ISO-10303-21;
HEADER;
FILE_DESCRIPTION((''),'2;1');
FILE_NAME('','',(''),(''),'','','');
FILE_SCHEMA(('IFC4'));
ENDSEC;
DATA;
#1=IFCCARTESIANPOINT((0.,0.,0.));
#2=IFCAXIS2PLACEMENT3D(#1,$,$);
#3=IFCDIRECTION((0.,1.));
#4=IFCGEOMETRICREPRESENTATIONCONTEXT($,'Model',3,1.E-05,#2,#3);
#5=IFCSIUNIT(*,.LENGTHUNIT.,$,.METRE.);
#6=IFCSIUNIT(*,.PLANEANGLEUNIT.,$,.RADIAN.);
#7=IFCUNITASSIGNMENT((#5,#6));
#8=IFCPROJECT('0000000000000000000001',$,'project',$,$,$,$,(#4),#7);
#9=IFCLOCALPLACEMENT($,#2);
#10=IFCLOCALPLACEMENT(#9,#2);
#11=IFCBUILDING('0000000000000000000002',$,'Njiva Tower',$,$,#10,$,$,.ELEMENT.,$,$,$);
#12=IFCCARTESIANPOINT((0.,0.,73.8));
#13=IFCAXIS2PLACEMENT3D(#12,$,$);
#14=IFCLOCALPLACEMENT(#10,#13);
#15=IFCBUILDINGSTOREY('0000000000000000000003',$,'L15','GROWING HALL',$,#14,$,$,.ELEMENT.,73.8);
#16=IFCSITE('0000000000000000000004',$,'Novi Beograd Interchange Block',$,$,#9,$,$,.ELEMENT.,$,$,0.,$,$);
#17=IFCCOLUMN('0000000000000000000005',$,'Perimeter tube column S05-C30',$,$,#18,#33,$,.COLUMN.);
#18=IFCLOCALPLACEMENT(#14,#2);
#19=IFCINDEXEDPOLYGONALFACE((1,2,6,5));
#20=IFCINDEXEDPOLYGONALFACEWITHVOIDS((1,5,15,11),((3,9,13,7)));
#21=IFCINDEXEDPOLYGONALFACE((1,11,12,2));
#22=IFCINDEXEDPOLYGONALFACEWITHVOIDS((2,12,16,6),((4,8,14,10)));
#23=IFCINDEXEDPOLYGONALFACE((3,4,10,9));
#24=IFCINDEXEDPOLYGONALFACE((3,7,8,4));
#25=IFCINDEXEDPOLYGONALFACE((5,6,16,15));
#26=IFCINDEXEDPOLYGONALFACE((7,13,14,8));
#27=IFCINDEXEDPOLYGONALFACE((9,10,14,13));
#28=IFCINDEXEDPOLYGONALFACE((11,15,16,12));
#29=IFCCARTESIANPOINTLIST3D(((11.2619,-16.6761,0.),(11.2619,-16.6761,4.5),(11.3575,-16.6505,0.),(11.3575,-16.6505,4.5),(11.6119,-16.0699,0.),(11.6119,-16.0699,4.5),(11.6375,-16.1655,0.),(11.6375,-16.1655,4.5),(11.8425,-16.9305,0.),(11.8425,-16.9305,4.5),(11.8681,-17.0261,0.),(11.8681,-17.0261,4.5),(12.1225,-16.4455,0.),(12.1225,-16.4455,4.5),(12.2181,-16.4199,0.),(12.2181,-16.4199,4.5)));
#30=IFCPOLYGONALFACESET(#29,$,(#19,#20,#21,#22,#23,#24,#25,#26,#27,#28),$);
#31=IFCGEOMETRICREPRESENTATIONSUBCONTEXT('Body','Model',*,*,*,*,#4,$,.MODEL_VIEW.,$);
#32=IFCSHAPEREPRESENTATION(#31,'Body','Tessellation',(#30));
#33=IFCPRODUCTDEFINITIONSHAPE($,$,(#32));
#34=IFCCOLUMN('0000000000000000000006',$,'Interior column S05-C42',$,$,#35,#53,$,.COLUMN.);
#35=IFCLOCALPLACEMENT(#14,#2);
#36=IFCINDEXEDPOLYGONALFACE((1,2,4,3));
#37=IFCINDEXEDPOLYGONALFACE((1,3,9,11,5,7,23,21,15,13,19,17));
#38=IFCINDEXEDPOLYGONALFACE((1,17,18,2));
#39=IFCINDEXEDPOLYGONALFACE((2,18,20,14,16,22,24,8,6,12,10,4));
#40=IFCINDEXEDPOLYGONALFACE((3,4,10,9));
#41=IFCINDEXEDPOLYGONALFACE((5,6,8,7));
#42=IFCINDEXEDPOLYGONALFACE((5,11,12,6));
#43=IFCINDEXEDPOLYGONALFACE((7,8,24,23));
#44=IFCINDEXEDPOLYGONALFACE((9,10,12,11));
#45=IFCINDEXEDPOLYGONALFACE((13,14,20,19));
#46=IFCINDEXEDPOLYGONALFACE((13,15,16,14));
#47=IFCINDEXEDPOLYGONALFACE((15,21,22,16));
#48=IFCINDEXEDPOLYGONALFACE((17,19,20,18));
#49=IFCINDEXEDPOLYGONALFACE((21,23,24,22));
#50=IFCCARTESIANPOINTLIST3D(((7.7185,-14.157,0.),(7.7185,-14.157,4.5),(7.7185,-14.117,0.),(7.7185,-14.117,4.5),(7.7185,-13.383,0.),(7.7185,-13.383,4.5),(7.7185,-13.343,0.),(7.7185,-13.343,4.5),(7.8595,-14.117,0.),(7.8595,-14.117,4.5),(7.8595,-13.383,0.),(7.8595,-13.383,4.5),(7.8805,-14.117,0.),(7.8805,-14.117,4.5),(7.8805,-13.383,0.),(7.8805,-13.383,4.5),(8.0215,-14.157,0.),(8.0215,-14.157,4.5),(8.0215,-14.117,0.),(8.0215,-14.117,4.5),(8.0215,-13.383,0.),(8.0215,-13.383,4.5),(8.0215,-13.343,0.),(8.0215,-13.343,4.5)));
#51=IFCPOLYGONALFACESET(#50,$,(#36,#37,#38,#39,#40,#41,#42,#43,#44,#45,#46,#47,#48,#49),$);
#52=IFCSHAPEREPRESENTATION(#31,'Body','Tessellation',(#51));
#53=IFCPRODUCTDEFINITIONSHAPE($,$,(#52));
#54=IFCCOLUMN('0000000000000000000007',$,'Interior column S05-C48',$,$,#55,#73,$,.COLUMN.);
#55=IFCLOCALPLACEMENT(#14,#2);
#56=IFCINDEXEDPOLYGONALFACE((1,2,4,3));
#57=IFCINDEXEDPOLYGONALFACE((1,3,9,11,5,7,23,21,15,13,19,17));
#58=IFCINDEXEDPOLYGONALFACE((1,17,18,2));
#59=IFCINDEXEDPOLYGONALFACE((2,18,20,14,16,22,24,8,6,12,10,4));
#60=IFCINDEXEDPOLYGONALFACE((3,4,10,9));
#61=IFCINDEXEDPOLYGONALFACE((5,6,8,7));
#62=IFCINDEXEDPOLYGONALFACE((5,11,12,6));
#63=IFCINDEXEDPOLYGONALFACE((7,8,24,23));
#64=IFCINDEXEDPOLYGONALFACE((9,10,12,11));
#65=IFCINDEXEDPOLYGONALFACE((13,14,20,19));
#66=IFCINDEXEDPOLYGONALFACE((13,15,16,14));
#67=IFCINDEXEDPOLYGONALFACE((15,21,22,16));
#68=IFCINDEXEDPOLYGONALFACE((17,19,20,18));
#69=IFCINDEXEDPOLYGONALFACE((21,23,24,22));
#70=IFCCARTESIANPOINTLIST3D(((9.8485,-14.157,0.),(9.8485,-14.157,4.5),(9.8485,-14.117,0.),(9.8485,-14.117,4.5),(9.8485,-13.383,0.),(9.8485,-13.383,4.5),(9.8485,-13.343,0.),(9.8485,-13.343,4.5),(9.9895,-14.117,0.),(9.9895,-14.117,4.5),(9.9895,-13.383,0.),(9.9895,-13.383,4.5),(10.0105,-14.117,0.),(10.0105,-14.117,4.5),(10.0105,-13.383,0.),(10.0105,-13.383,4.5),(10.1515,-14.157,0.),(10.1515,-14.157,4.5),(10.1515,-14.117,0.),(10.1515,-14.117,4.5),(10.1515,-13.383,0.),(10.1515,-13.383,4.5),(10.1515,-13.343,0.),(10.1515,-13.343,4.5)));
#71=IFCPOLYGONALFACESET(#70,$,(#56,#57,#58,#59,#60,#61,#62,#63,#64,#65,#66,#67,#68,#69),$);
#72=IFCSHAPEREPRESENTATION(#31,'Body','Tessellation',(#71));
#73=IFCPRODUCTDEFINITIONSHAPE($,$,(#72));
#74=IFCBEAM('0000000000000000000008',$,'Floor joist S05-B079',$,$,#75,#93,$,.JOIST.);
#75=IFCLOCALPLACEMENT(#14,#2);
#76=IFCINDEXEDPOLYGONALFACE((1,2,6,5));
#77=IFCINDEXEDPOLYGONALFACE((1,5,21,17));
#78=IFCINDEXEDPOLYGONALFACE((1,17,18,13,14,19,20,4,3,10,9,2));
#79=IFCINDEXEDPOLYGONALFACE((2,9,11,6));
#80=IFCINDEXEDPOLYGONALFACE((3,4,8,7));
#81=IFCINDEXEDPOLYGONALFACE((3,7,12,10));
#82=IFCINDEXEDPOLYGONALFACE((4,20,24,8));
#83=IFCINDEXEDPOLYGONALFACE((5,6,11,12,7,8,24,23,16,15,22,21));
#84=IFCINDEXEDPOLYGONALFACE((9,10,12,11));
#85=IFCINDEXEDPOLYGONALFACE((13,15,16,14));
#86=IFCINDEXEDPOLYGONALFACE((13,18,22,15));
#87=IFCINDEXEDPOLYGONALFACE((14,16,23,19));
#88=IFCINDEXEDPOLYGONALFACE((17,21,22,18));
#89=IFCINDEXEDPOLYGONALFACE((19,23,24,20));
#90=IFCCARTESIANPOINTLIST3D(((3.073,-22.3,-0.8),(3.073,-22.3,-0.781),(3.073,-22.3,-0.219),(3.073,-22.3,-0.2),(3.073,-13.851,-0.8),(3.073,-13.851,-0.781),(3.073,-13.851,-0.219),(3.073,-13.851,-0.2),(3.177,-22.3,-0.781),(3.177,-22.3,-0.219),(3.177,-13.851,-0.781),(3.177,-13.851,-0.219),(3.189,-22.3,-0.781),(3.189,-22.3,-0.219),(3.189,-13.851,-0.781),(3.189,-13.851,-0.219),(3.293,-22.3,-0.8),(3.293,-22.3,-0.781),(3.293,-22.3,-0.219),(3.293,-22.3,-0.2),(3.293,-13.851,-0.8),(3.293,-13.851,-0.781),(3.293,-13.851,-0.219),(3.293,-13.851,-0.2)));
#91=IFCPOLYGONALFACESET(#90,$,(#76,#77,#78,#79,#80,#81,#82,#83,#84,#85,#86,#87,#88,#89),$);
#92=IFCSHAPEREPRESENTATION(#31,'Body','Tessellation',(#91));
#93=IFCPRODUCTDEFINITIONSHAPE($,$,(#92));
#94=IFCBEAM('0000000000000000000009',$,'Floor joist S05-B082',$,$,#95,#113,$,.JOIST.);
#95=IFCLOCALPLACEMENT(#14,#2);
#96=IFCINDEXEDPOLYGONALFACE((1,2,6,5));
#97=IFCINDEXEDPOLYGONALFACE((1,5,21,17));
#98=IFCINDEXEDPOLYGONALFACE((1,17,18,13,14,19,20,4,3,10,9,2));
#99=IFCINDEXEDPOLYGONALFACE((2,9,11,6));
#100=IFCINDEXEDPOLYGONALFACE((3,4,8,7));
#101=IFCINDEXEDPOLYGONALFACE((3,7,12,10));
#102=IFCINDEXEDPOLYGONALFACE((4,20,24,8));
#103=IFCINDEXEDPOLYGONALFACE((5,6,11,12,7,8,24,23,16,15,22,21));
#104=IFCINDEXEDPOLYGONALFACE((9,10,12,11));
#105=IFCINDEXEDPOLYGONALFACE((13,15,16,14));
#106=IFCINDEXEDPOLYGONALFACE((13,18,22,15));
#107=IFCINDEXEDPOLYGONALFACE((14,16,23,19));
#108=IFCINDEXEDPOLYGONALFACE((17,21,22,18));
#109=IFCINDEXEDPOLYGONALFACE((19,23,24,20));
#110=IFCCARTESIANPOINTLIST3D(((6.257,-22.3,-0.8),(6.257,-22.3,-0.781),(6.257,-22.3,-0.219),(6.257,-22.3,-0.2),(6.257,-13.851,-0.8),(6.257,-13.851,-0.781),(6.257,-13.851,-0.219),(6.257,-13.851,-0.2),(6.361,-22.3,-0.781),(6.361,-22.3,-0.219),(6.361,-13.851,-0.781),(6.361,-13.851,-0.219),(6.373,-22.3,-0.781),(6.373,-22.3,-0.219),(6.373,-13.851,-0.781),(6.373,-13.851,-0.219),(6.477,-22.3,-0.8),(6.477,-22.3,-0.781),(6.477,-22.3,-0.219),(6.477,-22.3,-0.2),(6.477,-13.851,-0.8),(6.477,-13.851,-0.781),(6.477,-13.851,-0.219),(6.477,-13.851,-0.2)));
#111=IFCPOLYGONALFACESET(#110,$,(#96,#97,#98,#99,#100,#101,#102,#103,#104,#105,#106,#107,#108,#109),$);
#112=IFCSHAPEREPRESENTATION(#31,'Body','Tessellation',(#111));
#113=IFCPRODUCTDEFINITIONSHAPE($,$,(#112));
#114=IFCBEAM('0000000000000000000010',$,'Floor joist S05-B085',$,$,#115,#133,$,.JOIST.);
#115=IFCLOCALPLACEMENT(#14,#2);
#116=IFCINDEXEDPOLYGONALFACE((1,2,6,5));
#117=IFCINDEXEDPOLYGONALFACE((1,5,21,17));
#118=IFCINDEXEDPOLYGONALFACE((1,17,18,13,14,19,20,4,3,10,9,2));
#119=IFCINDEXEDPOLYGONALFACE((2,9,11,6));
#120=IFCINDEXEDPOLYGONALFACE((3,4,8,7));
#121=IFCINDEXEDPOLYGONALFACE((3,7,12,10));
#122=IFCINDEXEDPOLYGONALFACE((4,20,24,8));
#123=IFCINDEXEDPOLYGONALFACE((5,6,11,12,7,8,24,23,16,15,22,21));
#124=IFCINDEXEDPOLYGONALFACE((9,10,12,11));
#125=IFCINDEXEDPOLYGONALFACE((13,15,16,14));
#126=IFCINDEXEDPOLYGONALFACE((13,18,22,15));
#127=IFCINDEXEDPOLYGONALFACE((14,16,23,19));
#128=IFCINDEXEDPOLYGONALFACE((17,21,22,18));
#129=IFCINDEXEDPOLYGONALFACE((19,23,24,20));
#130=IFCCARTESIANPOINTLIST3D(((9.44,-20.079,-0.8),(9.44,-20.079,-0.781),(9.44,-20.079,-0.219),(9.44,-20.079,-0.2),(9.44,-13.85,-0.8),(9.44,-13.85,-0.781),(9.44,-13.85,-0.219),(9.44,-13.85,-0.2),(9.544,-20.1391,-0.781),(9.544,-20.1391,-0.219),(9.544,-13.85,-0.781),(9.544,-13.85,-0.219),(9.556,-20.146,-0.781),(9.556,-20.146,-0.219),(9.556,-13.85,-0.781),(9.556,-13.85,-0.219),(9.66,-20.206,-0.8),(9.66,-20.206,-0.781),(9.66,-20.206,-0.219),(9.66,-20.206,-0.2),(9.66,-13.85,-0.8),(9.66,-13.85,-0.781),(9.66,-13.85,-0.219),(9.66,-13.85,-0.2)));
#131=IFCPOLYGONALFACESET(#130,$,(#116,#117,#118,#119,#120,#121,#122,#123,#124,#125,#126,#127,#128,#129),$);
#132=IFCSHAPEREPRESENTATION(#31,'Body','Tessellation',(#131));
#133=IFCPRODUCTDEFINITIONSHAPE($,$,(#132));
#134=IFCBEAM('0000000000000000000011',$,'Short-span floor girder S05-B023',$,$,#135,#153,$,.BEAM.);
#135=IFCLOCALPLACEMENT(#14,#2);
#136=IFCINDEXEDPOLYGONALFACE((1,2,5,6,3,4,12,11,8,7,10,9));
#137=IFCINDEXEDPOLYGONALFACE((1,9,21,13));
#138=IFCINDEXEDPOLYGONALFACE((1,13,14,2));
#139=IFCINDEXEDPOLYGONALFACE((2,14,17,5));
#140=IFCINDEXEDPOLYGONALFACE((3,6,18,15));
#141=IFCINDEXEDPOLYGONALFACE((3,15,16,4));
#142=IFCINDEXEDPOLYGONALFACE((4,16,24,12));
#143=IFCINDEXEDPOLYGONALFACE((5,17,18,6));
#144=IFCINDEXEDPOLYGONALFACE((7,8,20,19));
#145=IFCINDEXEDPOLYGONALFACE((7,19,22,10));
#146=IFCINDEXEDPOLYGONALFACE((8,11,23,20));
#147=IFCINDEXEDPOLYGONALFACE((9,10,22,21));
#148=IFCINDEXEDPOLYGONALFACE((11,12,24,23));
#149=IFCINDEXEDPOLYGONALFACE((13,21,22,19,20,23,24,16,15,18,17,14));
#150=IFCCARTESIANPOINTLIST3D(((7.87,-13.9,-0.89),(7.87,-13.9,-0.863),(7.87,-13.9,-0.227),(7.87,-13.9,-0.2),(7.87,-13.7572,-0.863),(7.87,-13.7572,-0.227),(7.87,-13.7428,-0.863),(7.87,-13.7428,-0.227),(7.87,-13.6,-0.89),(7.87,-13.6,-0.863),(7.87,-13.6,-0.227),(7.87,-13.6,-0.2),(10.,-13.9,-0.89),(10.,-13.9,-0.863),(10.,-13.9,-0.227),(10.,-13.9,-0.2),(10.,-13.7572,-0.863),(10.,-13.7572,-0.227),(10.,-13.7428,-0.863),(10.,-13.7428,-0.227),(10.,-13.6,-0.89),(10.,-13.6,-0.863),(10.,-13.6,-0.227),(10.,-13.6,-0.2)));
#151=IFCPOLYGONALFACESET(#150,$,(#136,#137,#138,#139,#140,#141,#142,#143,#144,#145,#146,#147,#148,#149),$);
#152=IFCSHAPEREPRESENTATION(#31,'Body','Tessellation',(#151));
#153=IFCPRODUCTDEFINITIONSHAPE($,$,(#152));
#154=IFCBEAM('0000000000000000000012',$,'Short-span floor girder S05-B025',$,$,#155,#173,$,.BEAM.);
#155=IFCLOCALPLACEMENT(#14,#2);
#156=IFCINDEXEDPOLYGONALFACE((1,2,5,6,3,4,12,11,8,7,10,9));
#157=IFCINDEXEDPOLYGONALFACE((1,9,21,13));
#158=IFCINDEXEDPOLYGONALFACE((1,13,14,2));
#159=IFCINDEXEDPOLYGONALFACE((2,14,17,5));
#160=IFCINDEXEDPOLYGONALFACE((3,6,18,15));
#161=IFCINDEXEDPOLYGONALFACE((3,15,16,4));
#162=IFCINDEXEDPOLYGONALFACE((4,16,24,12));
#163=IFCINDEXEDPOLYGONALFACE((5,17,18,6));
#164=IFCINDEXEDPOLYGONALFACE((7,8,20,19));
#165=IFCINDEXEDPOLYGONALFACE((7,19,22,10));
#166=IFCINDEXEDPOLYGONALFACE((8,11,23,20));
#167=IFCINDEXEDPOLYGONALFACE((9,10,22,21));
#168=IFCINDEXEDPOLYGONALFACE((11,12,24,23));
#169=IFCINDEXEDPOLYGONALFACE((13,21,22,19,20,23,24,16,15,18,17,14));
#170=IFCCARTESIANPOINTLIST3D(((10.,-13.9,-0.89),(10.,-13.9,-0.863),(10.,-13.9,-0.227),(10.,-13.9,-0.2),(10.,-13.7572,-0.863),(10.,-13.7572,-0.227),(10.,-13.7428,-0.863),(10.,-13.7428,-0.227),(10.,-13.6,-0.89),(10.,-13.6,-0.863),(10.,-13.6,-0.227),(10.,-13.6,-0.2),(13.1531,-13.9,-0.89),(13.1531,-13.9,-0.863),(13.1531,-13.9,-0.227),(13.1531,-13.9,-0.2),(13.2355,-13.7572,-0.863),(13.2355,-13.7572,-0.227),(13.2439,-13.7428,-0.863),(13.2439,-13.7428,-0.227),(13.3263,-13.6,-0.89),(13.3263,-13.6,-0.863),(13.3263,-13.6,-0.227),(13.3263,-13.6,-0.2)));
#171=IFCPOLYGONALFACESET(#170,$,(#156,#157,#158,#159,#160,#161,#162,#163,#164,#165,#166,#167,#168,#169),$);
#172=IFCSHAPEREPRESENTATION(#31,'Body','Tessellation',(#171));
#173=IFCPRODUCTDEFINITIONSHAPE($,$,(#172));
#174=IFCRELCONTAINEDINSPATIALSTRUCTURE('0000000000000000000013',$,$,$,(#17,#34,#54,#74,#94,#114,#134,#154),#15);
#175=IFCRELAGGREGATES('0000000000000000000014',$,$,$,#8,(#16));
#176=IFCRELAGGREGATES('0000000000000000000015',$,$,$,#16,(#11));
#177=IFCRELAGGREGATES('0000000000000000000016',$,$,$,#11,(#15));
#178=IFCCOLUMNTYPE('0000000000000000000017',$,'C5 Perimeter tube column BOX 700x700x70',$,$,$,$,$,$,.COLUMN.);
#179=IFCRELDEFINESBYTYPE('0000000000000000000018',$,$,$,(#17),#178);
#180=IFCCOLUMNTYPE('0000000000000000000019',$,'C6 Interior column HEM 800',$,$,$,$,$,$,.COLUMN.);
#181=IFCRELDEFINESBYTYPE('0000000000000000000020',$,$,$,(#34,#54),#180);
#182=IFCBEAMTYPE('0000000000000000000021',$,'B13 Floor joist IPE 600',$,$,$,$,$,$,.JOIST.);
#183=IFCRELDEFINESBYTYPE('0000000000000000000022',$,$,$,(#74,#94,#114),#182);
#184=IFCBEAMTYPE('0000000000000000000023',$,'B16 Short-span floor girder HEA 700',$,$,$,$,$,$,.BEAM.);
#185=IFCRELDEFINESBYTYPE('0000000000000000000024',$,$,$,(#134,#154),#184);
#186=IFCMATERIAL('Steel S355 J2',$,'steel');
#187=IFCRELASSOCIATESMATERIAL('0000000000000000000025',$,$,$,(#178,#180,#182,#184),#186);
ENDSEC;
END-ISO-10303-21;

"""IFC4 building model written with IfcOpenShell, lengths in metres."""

from ifc_helpers import new_model, si_unit, direction, frame, origin, origin_2d, place, context, subcontext, project, spatial, hollow_rectangle, i_section, extrude, clip, halfspace, material, material_profile, profile_set, type_object, element, save


model = new_model("IFC4")

# Units and contexts
model_context = context("Model", 3, precision=1e-05, world=origin(), true_north=direction((0.0, 1.0)))
body_context = subcontext(model_context, "Body", "Model", "MODEL_VIEW")
ifc_project = project(units=[si_unit("LENGTHUNIT", "METRE"), si_unit("PLANEANGLEUNIT", "RADIAN")], contexts=[model_context])

# Site, building, storey
site_placement = place(None, origin())
site = spatial("IfcSite", under=ifc_project, at=site_placement, Name="Novi Beograd Interchange Block", CompositionType="ELEMENT", RefElevation=0.0)
building_placement = place(site_placement, origin())
building = spatial("IfcBuilding", under=site, at=building_placement, Name="Njiva Tower", CompositionType="ELEMENT")
storey_placement = place(building_placement, frame((0.0, 0.0, 73.8)))
storey = spatial("IfcBuildingStorey", under=building, at=storey_placement, Name="L15", Description="GROWING HALL", CompositionType="ELEMENT", Elevation=73.8)

# Columns
ifc_material_1 = material(Name="Steel S355 J2", Category="steel")
ifc_material_profile_1 = material_profile(ifc_material_1, hollow_rectangle(XDim=0.7, YDim=0.7, WallThickness=0.07, at=origin_2d()), Name="BOX 700x700x70")
ifc_profile_set_1 = profile_set([ifc_material_profile_1], Name="Steel S355 J2")
column_type_1 = type_object("IfcColumnType", Name="C5 Perimeter tube column BOX 700x700x70", PredefinedType="COLUMN", material=ifc_profile_set_1)
column_placement = place(storey_placement, frame((11.74, -16.548, 0.0), z_axis=(0.0, 0.0, 1.0), x_axis=(0.5, 0.866025, 0.0)))
element("IfcColumn", 1, at=column_placement, inside=storey, type_object=column_type_1, Name="Perimeter tube column S05-C30", PredefinedType="COLUMN", context=body_context, shape_type="SweptSolid", body=[
    extrude(hollow_rectangle(XDim=0.7, YDim=0.7, WallThickness=0.07, at=origin_2d()), origin(), (0.0, 0.0, 1.0), 4.5),
])
ifc_material_profile_2 = material_profile(ifc_material_1, i_section(OverallWidth=0.303, OverallDepth=0.814, WebThickness=0.021, FlangeThickness=0.04, at=origin_2d()), Name="HEM 800")
ifc_profile_set_2 = profile_set([ifc_material_profile_2], Name="Steel S355 J2")
column_type_2 = type_object("IfcColumnType", Name="C6 Interior column HEM 800", PredefinedType="COLUMN", material=ifc_profile_set_2)
for number, where, z_axis, x_axis, name in (
    (2, (7.87, -13.75, 0.0), (0.0, 0.0, 1.0), (1.0, 0.0, 0.0), "Interior column S05-C42"),
    (3, (10.0, -13.75, 0.0), (0.0, 0.0, 1.0), (1.0, 0.0, 0.0), "Interior column S05-C48"),
):
    element("IfcColumn", number, at=place(storey_placement, frame(where, z_axis=z_axis, x_axis=x_axis)), inside=storey, type_object=column_type_2, Name=name, PredefinedType="COLUMN", context=body_context, shape_type="SweptSolid", body=[
        extrude(i_section(OverallWidth=0.303, OverallDepth=0.814, WebThickness=0.021, FlangeThickness=0.04, at=origin_2d()), origin(), (0.0, 0.0, 1.0), 4.5),
    ])

# Beams
ifc_material_profile_3 = material_profile(ifc_material_1, i_section(OverallWidth=0.22, OverallDepth=0.6, WebThickness=0.012, FlangeThickness=0.019, at=origin_2d()), Name="IPE 600")
ifc_profile_set_3 = profile_set([ifc_material_profile_3], Name="Steel S355 J2")
beam_type_1 = type_object("IfcBeamType", Name="B13 Floor joist IPE 600", PredefinedType="JOIST", material=ifc_profile_set_3)
for number, where, z_axis, x_axis, name in (
    (4, (3.183, -13.851, -0.5), (0.0, -1.0, 0.0), (1.0, 0.0, 0.0), "Floor joist S05-B079"),
    (5, (6.367, -13.851, -0.5), (0.0, -1.0, 0.0), (1.0, 0.0, 0.0), "Floor joist S05-B082"),
):
    element("IfcBeam", number, at=place(storey_placement, frame(where, z_axis=z_axis, x_axis=x_axis)), inside=storey, type_object=beam_type_1, Name=name, PredefinedType="JOIST", context=body_context, shape_type="SweptSolid", body=[
        extrude(i_section(OverallWidth=0.22, OverallDepth=0.6, WebThickness=0.012, FlangeThickness=0.019, at=origin_2d()), origin(), (0.0, 0.0, 1.0), 8.449),
    ])
beam_1_placement = place(storey_placement, frame((9.55, -13.85, -0.5), z_axis=(0.0, -1.0, 0.0), x_axis=(1.0, 0.0, 0.0)))
element("IfcBeam", 6, at=beam_1_placement, inside=storey, type_object=beam_type_1, Name="Floor joist S05-B085", PredefinedType="JOIST", context=body_context, shape_type="Clipping", body=[
    clip(extrude(i_section(OverallWidth=0.22, OverallDepth=0.6, WebThickness=0.012, FlangeThickness=0.019, at=origin_2d()), origin(), (0.0, 0.0, 1.0), 6.377), halfspace(frame((-0.025, 0.0, 6.2781), z_axis=(-0.499998, 0.0, 0.866027), x_axis=(0.0, 1.0, 0.0)), False)),
])
ifc_material_profile_4 = material_profile(ifc_material_1, i_section(OverallWidth=0.3, OverallDepth=0.69, WebThickness=0.0145, FlangeThickness=0.027, at=origin_2d()), Name="HEA 700")
ifc_profile_set_4 = profile_set([ifc_material_profile_4], Name="Steel S355 J2")
beam_type_2 = type_object("IfcBeamType", Name="B16 Short-span floor girder HEA 700", PredefinedType="BEAM", material=ifc_profile_set_4)
beam_2_placement = place(storey_placement, frame((7.87, -13.75, -0.545), z_axis=(1.0, 0.0, 0.0), x_axis=(0.0, 1.0, 0.0)))
element("IfcBeam", 7, at=beam_2_placement, inside=storey, type_object=beam_type_2, Name="Short-span floor girder S05-B023", PredefinedType="BEAM", context=body_context, shape_type="SweptSolid", body=[
    extrude(i_section(OverallWidth=0.3, OverallDepth=0.69, WebThickness=0.0145, FlangeThickness=0.027, at=origin_2d()), origin(), (0.0, 0.0, 1.0), 2.13),
])
beam_3_placement = place(storey_placement, frame((10.0, -13.75, -0.545), z_axis=(1.0, 0.0, 0.0), x_axis=(0.0, 1.0, 0.0)))
element("IfcBeam", 8, at=beam_3_placement, inside=storey, type_object=beam_type_2, Name="Short-span floor girder S05-B025", PredefinedType="BEAM", context=body_context, shape_type="Clipping", body=[
    clip(extrude(i_section(OverallWidth=0.3, OverallDepth=0.69, WebThickness=0.0145, FlangeThickness=0.027, at=origin_2d()), origin(), (0.0, 0.0, 1.0), 3.347), halfspace(frame((-0.025, 0.0, 3.2253), z_axis=(-0.499998, 0.0, 0.866027), x_axis=(0.0, 1.0, 0.0)), False)),
])

save(model, "model.ifc")
